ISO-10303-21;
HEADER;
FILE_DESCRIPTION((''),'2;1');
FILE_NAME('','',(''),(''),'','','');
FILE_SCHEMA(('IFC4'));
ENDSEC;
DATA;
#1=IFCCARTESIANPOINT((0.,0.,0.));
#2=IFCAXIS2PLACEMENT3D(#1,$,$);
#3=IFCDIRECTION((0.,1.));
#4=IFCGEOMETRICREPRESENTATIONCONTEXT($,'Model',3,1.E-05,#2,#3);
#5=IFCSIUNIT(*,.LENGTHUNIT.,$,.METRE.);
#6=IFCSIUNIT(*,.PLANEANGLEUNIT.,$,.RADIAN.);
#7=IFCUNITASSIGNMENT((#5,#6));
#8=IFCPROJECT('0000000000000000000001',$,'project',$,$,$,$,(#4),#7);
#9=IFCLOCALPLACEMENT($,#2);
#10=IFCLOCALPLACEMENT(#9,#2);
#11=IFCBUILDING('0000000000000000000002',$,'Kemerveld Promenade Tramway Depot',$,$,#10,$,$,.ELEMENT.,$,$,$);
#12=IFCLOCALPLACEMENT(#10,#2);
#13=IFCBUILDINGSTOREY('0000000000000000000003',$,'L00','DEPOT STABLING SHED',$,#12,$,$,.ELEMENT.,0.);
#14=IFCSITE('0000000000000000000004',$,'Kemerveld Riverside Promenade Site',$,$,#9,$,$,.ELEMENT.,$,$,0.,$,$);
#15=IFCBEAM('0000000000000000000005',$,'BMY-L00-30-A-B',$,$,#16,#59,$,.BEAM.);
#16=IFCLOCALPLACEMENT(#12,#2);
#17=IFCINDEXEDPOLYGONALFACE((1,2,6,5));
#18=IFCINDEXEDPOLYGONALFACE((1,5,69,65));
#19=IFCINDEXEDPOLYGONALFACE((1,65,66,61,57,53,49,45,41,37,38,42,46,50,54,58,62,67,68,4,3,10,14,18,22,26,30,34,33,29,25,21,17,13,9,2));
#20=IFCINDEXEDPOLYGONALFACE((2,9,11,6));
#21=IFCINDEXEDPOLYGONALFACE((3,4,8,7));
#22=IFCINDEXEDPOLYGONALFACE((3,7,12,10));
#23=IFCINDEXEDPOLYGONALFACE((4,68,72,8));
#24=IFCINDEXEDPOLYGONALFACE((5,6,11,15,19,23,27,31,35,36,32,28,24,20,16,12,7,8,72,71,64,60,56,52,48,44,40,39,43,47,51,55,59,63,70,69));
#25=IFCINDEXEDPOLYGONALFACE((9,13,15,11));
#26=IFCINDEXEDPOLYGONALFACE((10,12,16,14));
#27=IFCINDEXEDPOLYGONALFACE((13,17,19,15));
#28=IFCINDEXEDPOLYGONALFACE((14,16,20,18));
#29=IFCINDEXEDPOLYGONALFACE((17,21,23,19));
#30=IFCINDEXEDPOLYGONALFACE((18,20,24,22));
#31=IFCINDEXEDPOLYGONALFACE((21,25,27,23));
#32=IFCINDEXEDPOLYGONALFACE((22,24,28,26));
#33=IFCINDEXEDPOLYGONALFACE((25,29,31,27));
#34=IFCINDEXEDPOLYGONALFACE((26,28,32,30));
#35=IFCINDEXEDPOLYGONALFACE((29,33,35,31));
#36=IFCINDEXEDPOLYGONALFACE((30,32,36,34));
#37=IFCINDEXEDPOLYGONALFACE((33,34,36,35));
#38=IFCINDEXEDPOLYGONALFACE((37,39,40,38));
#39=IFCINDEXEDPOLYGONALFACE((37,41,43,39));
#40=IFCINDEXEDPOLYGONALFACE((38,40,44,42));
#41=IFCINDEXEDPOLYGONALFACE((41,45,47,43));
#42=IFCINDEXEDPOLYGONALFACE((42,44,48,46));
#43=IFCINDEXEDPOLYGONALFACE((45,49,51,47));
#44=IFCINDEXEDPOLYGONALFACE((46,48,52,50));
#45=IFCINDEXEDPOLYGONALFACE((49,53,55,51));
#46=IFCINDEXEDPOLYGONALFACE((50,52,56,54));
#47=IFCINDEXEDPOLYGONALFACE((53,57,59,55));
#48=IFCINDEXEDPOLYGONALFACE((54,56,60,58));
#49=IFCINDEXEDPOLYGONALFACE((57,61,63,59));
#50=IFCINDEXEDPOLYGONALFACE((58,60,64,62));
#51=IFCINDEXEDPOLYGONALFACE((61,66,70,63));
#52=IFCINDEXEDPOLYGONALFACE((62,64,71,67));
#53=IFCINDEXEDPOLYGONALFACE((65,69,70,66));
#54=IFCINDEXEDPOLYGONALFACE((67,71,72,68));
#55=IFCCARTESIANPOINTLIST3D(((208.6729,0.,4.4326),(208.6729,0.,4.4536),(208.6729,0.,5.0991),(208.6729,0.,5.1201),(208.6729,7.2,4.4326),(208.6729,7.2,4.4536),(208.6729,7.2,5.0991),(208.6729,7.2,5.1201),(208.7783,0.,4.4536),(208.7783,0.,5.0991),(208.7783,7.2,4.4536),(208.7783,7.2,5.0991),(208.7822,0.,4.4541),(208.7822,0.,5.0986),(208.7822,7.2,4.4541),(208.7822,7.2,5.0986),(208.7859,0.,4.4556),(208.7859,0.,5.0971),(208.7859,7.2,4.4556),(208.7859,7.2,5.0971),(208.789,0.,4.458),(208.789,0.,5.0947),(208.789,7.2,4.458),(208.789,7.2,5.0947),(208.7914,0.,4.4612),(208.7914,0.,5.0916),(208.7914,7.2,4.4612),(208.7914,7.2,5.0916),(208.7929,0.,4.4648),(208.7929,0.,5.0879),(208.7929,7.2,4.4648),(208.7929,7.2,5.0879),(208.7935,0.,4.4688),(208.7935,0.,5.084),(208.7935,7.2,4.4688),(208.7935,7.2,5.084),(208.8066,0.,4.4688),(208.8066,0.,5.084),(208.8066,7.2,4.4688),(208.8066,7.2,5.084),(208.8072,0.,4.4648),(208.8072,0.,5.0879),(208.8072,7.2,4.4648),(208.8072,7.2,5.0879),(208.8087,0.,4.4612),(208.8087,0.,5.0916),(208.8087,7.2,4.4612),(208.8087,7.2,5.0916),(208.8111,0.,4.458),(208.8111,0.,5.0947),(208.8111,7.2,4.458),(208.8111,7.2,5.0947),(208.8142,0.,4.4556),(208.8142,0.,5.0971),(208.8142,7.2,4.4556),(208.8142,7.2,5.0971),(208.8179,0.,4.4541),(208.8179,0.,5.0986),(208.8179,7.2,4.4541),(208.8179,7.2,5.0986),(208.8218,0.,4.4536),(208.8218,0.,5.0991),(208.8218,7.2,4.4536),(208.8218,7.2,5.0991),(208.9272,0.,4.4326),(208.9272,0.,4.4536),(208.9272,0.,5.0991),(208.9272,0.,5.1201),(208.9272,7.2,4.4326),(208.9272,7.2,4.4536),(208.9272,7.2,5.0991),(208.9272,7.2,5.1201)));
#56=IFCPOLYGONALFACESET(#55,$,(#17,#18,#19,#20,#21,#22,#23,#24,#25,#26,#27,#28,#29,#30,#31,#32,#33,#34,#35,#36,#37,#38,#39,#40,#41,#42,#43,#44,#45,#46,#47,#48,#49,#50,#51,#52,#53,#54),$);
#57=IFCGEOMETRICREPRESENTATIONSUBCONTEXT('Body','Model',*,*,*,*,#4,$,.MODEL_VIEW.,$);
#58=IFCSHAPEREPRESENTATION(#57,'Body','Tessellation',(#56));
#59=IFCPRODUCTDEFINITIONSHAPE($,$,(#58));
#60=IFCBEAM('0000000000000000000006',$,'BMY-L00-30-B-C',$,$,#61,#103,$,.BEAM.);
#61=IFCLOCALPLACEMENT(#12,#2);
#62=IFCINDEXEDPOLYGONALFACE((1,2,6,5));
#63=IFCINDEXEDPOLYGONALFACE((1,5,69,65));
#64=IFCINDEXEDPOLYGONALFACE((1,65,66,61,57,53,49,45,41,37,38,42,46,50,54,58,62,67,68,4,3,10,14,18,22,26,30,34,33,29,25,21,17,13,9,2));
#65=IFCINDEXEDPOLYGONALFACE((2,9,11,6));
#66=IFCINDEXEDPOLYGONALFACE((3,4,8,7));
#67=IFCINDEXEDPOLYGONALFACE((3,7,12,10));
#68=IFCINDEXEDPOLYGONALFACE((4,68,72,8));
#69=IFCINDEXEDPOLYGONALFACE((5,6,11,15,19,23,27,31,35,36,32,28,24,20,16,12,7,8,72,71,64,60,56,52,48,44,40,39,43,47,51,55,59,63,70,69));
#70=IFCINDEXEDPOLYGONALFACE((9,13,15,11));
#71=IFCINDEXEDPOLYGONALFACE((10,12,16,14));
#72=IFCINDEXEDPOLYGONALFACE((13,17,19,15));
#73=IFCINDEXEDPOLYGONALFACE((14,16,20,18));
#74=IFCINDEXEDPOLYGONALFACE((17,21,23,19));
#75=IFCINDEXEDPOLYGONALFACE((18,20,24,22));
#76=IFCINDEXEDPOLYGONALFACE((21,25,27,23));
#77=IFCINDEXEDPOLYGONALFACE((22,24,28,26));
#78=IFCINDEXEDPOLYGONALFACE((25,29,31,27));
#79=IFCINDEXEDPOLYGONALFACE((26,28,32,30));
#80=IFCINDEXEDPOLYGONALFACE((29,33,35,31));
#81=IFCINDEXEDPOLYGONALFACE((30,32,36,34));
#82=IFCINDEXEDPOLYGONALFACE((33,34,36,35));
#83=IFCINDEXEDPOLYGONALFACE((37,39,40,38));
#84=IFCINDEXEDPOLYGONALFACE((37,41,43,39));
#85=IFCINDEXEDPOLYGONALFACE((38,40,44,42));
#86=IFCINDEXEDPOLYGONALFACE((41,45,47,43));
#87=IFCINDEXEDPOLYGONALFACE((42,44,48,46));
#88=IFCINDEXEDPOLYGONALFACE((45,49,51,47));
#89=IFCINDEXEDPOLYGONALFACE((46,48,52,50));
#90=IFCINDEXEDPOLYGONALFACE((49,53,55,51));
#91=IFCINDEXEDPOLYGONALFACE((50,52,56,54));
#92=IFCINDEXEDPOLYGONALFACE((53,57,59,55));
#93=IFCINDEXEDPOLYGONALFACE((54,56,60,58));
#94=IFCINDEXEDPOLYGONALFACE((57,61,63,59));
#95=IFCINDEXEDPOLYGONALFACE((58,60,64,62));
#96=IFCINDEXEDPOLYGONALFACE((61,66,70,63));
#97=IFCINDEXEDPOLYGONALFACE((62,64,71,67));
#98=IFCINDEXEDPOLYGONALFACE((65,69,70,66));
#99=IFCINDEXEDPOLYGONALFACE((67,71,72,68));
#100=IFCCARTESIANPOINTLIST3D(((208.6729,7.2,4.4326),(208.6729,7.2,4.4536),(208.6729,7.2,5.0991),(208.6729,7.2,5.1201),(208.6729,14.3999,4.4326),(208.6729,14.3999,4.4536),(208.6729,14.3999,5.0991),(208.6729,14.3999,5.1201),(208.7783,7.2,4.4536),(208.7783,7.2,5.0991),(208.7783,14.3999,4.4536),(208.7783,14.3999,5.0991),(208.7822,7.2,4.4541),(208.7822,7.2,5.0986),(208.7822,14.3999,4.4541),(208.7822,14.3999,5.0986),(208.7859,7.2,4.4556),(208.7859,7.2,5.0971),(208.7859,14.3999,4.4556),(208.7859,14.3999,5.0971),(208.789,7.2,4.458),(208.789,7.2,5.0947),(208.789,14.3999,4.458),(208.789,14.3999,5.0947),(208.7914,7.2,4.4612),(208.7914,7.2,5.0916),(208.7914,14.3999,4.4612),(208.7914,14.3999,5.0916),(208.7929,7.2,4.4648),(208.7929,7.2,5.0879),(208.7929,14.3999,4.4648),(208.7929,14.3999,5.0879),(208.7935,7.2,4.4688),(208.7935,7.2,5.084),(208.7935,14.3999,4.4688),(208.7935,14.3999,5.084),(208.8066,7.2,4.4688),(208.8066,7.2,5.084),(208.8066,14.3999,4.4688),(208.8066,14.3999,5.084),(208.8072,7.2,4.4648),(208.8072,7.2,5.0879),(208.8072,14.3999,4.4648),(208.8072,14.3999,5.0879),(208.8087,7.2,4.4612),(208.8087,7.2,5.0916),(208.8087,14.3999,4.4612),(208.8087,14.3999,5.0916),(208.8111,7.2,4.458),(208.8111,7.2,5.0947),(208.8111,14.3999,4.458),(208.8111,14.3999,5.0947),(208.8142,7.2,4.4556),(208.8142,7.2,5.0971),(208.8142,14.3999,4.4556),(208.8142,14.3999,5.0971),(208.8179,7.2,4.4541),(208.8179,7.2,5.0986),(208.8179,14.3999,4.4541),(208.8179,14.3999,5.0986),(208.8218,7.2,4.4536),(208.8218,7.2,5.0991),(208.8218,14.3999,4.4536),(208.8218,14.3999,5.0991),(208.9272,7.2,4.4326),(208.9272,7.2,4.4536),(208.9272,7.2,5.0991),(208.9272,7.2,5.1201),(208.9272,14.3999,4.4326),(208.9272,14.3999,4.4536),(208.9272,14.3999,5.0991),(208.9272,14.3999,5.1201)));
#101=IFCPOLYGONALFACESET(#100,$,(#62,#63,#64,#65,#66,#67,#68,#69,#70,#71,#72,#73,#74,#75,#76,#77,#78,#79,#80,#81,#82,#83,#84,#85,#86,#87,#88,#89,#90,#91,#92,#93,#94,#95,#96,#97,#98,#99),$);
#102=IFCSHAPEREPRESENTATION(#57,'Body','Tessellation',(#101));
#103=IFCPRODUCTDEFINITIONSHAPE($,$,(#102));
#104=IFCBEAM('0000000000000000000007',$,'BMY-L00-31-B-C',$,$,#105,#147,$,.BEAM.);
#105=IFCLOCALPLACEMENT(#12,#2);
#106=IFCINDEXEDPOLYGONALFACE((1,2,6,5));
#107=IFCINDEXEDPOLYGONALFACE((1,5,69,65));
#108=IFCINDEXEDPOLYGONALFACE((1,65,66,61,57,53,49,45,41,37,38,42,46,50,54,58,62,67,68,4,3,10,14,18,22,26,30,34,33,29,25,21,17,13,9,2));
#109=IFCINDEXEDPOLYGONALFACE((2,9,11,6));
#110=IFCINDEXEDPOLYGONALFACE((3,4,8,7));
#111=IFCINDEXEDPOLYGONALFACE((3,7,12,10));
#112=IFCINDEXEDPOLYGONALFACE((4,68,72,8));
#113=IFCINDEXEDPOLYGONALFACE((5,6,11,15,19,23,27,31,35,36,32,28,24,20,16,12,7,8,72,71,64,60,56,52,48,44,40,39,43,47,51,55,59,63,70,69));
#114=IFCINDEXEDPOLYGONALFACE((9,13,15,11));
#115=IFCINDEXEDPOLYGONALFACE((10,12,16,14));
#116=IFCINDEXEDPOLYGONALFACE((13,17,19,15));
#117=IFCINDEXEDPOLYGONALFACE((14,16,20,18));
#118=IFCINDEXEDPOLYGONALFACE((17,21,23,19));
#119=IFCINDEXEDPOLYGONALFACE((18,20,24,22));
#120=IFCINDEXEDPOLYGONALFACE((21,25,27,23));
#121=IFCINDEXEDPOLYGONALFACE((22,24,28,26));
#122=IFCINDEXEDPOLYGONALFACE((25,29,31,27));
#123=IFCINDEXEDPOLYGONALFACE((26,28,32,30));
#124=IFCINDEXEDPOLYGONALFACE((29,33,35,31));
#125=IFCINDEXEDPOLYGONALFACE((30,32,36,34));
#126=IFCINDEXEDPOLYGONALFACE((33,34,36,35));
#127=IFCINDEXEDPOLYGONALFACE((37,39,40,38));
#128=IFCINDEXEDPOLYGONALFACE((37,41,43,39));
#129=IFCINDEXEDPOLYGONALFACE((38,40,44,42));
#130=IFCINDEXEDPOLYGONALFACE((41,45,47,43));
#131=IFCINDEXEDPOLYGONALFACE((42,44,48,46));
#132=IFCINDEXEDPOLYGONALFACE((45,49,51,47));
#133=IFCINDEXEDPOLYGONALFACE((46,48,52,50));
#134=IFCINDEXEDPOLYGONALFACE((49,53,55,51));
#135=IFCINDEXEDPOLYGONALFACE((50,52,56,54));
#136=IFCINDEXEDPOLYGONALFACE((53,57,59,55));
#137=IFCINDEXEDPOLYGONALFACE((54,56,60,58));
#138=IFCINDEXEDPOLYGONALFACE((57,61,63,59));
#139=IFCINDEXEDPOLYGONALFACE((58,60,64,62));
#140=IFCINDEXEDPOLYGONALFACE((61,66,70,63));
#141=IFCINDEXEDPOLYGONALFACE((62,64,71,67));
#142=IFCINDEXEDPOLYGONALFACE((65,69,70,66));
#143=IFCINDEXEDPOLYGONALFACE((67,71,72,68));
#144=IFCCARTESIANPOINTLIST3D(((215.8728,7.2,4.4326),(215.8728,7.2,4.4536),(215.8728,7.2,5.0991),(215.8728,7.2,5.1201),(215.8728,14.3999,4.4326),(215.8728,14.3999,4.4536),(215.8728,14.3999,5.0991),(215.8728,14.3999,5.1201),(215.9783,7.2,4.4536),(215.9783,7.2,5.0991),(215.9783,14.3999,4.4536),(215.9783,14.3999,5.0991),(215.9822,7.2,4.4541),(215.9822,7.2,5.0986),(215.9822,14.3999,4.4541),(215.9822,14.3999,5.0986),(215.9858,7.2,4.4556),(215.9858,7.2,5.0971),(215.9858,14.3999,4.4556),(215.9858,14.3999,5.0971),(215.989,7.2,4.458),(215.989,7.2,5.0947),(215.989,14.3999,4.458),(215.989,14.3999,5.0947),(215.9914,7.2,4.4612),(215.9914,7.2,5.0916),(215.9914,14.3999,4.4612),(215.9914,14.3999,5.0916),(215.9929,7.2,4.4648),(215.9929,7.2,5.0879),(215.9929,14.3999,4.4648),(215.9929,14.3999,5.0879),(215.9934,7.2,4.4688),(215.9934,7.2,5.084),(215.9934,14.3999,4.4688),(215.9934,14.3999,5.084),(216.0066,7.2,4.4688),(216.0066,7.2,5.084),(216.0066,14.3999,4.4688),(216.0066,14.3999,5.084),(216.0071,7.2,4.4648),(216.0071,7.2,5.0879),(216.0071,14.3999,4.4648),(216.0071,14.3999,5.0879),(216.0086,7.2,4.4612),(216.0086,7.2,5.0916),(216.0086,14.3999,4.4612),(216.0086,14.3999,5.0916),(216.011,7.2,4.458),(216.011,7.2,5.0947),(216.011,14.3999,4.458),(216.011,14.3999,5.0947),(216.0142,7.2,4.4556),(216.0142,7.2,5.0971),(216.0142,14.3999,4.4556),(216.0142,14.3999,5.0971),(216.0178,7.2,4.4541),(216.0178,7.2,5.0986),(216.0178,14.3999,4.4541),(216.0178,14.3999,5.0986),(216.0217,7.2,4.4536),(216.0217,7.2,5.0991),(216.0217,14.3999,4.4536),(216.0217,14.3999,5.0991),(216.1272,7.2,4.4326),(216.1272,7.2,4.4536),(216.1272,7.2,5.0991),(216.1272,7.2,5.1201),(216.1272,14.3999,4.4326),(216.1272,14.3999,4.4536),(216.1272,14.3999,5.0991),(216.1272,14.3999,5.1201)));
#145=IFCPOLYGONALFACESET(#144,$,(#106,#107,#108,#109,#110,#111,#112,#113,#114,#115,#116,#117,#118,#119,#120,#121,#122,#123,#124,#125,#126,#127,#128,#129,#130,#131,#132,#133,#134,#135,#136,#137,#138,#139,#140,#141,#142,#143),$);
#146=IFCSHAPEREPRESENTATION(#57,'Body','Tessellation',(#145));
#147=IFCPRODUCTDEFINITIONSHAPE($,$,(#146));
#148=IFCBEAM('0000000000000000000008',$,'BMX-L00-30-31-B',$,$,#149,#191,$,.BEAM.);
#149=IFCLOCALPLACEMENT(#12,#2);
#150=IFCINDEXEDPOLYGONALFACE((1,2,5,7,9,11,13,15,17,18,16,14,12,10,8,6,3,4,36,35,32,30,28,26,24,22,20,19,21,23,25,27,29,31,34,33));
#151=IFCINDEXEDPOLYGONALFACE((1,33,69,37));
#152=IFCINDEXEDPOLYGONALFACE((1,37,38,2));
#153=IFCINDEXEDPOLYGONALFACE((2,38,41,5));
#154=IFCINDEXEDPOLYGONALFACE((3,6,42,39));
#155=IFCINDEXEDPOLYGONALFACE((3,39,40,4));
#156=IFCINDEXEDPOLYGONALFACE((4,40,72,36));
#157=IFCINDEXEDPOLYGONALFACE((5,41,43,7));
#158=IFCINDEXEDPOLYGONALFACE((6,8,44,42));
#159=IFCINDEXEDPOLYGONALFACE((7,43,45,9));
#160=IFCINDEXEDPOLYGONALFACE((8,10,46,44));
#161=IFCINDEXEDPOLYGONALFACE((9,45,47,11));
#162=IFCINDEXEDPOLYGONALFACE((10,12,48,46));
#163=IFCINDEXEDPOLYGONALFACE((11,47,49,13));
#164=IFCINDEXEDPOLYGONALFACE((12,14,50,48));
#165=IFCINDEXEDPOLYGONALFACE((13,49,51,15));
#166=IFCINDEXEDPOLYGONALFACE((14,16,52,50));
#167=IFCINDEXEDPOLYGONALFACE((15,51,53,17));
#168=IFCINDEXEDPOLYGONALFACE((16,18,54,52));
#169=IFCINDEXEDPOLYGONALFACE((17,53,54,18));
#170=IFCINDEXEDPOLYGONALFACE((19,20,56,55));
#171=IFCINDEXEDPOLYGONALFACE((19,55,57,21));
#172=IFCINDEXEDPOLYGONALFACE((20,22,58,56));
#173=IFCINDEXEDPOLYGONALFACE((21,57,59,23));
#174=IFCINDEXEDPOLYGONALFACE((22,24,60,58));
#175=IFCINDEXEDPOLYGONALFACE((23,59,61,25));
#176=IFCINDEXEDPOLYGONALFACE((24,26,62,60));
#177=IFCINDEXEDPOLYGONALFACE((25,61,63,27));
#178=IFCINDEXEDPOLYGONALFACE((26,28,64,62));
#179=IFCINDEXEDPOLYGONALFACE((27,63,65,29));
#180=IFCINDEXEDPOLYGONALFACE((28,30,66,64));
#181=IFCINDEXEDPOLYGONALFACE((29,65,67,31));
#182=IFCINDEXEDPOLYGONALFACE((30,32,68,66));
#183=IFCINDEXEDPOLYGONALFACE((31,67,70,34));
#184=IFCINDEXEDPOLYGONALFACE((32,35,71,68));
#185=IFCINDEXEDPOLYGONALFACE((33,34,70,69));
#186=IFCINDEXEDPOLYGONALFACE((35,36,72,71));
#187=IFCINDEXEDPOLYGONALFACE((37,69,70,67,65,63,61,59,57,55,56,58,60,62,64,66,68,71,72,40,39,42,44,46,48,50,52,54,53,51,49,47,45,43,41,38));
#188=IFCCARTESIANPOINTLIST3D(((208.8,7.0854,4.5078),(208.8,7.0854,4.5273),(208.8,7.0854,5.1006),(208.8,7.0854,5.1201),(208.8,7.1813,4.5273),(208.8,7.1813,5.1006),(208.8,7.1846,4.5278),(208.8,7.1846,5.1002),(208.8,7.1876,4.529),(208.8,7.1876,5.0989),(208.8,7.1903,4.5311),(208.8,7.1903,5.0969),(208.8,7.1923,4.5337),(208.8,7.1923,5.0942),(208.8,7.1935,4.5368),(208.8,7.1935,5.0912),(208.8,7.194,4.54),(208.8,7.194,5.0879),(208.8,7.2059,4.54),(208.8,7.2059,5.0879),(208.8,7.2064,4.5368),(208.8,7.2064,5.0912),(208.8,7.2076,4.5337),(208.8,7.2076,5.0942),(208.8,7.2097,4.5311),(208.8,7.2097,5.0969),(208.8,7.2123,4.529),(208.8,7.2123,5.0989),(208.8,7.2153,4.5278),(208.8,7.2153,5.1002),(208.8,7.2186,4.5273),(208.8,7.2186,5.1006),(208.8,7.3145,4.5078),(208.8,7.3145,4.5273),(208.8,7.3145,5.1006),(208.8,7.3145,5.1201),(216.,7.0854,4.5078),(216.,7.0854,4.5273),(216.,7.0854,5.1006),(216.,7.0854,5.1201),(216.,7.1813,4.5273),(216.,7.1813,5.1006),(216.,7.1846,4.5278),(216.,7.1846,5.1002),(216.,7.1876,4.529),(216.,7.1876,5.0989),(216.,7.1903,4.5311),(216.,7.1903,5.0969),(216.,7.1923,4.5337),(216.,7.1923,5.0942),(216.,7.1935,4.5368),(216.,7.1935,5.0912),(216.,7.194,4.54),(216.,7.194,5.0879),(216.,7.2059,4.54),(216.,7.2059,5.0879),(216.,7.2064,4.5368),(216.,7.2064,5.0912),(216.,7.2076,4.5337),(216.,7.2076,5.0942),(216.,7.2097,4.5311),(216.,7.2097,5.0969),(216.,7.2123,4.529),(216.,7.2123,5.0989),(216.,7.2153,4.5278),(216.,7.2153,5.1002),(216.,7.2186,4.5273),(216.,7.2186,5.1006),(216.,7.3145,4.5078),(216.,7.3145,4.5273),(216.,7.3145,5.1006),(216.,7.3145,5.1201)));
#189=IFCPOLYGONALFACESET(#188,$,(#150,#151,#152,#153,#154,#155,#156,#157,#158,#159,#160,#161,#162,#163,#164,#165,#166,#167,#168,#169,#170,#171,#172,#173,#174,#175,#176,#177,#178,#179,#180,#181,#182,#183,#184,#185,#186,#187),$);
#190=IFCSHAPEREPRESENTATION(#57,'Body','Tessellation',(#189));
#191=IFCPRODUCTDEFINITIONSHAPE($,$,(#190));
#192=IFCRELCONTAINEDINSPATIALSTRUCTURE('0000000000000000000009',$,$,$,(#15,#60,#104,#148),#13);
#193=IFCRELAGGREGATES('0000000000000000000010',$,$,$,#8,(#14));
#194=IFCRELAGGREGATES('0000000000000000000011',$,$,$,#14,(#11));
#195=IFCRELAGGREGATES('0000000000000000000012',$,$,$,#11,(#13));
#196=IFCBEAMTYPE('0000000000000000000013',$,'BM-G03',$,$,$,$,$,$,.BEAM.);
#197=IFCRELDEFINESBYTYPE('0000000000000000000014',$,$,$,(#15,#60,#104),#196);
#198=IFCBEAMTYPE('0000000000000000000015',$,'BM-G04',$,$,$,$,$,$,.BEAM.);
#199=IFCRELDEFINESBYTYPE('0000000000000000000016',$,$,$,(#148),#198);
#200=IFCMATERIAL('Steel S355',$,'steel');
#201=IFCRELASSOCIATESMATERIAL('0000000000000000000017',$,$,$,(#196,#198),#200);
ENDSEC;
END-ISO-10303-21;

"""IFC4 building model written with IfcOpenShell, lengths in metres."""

from ifc_helpers import new_model, si_unit, direction, frame, origin, origin_2d, place, context, subcontext, project, spatial, i_section, extrude, material, material_profile, profile_set, type_object, element, save


model = new_model("IFC4")

# Units and contexts
model_context = context("Model", 3, precision=1e-05, world=origin(), true_north=direction((0.0, 1.0)))
body_context = subcontext(model_context, "Body", "Model", "MODEL_VIEW")
ifc_project = project(units=[si_unit("LENGTHUNIT", "METRE"), si_unit("PLANEANGLEUNIT", "RADIAN")], contexts=[model_context])

# Site, building, storey
site_placement = place(None, origin())
site = spatial("IfcSite", under=ifc_project, at=site_placement, Name="Kemerveld Riverside Promenade Site", CompositionType="ELEMENT", RefElevation=0.0)
building_placement = place(site_placement, origin())
building = spatial("IfcBuilding", under=site, at=building_placement, Name="Kemerveld Promenade Tramway Depot", CompositionType="ELEMENT")
storey_placement = place(building_placement, origin())
storey = spatial("IfcBuildingStorey", under=building, at=storey_placement, Name="L00", Description="DEPOT STABLING SHED", CompositionType="ELEMENT", Elevation=0.0)

# Shared definitions
ifc_material_1 = material(Name="Steel S355", Category="steel")

# Beams
ifc_material_profile_1 = material_profile(ifc_material_1, i_section(OverallWidth=0.2544, OverallDepth=0.6875, WebThickness=0.0132, FlangeThickness=0.021, FilletRadius=0.0151, at=origin_2d()), Name="686x254x152 UB")
ifc_profile_set_1 = profile_set([ifc_material_profile_1], Name="Steel S355")
beam_type_1 = type_object("IfcBeamType", Name="BM-G03", PredefinedType="BEAM", material=ifc_profile_set_1)
for number, where, z_axis, x_axis, name in (
    (1, (208.8, 0.0, 4.7764), (0.0, 1.0, 0.0), (-1.0, 0.0, 0.0), "BMY-L00-30-A-B"),
    (2, (208.8, 7.2, 4.7764), (0.0, 1.0, 0.0), (-1.0, 0.0, 0.0), "BMY-L00-30-B-C"),
    (3, (216.0, 7.2, 4.7764), (0.0, 1.0, 0.0), (-1.0, 0.0, 0.0), "BMY-L00-31-B-C"),
):
    element("IfcBeam", number, at=place(storey_placement, frame(where, z_axis=z_axis, x_axis=x_axis)), inside=storey, type_object=beam_type_1, Name=name, PredefinedType="BEAM", context=body_context, shape_type="SweptSolid", body=[
        extrude(i_section(OverallWidth=0.2544, OverallDepth=0.6875, WebThickness=0.0132, FlangeThickness=0.021, FilletRadius=0.0151, at=origin_2d()), origin(), (0.0, 0.0, 1.0), 7.2),
    ])
ifc_material_profile_2 = material_profile(ifc_material_1, i_section(OverallWidth=0.229, OverallDepth=0.6123, WebThickness=0.012, FlangeThickness=0.0195, FilletRadius=0.0127, at=origin_2d()), Name="610x229x125 UB")
ifc_profile_set_2 = profile_set([ifc_material_profile_2], Name="Steel S355")
beam_type_2 = type_object("IfcBeamType", Name="BM-G04", PredefinedType="BEAM", material=ifc_profile_set_2)
beam_1_placement = place(storey_placement, frame((208.8, 7.2, 4.814), z_axis=(1.0, 0.0, 0.0), x_axis=(0.0, 1.0, 0.0)))
element("IfcBeam", 4, at=beam_1_placement, inside=storey, type_object=beam_type_2, Name="BMX-L00-30-31-B", PredefinedType="BEAM", context=body_context, shape_type="SweptSolid", body=[
    extrude(i_section(OverallWidth=0.229, OverallDepth=0.6123, WebThickness=0.012, FlangeThickness=0.0195, FilletRadius=0.0127, at=origin_2d()), origin(), (0.0, 0.0, 1.0), 7.2),
])

save(model, "model.ifc")
